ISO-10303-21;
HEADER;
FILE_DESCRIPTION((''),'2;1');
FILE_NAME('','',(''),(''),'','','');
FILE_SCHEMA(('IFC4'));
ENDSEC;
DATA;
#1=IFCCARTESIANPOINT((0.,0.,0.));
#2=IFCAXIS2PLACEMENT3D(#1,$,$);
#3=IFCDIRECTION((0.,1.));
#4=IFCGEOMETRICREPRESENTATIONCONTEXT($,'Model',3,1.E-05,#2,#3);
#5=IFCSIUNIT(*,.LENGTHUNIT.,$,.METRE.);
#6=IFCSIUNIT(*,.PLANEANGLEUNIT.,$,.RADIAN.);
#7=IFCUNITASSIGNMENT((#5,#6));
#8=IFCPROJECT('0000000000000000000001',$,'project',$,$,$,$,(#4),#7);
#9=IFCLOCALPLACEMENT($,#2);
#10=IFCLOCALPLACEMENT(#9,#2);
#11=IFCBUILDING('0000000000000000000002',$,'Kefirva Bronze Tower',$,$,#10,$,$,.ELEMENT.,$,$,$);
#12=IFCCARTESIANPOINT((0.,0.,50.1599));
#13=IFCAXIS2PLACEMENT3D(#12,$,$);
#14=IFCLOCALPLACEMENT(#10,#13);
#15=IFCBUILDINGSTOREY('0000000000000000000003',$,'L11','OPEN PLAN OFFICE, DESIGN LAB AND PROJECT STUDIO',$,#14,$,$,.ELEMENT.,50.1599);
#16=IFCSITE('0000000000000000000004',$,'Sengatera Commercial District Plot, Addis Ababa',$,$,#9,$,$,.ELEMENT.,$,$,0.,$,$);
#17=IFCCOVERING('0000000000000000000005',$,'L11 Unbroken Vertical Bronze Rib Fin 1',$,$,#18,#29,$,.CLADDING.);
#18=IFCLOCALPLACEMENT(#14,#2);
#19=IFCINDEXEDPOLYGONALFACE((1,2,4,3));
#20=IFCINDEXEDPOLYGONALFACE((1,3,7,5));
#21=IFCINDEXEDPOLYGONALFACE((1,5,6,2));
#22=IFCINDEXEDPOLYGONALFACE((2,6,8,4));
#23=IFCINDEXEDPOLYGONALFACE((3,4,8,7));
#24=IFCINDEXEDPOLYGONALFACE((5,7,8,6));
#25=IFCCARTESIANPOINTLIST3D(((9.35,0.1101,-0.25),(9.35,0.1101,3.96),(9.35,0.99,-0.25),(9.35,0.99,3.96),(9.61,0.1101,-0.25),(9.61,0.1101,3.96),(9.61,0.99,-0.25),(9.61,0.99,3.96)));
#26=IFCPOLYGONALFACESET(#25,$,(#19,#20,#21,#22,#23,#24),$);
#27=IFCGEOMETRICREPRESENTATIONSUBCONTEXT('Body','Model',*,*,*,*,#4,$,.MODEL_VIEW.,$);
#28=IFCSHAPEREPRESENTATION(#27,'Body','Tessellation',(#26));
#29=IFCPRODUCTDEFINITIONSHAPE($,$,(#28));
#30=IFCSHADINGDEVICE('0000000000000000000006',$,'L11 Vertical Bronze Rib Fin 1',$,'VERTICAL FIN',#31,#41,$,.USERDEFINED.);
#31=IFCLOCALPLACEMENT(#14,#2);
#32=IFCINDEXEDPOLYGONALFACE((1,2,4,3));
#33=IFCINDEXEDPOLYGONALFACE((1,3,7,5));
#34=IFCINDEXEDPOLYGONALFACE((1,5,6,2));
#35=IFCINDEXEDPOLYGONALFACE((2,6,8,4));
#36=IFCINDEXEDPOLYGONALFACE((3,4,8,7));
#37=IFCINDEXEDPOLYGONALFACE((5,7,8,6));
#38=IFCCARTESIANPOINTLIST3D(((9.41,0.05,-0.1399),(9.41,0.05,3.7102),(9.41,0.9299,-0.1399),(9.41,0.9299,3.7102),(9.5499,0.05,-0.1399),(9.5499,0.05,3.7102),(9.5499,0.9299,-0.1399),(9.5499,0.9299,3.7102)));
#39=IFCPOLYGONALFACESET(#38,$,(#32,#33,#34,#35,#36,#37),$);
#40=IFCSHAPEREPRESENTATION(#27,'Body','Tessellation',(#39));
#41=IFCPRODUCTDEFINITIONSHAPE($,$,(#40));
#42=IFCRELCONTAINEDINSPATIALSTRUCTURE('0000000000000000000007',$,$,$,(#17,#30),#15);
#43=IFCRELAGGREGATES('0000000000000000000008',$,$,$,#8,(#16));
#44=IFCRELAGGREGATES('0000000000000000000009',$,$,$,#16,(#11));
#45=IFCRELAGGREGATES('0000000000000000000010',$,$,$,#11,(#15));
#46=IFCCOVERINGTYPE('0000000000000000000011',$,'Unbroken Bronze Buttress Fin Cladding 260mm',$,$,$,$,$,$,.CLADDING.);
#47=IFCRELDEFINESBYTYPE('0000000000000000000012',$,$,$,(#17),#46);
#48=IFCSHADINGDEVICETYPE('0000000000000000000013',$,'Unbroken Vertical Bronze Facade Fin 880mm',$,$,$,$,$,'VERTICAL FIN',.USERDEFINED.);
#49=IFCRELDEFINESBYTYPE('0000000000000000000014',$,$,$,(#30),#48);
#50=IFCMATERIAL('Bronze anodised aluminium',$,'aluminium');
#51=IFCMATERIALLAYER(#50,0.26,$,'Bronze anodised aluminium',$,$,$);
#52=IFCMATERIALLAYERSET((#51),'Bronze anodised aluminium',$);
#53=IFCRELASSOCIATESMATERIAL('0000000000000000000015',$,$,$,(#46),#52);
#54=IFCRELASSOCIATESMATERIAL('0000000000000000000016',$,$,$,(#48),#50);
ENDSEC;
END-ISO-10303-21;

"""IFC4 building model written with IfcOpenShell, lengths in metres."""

from ifc_helpers import new_model, si_unit, direction, frame, origin, origin_2d, place, context, subcontext, project, spatial, rectangle, extrude, material, layer, layer_set, material_profile, profile_set, type_object, element, save


model = new_model("IFC4")

# Units and contexts
model_context = context("Model", 3, precision=1e-05, world=origin(), true_north=direction((0.0, 1.0)))
body_context = subcontext(model_context, "Body", "Model", "MODEL_VIEW")
ifc_project = project(units=[si_unit("LENGTHUNIT", "METRE"), si_unit("PLANEANGLEUNIT", "RADIAN")], contexts=[model_context])

# Site, building, storey
site_placement = place(None, origin())
site = spatial("IfcSite", under=ifc_project, at=site_placement, Name="Sengatera Commercial District Plot, Addis Ababa", CompositionType="ELEMENT", RefElevation=0.0)
building_placement = place(site_placement, origin())
building = spatial("IfcBuilding", under=site, at=building_placement, Name="Kefirva Bronze Tower", CompositionType="ELEMENT")
storey_placement = place(building_placement, frame((0.0, 0.0, 50.1599)))
storey = spatial("IfcBuildingStorey", under=building, at=storey_placement, Name="L11", Description="OPEN PLAN OFFICE, DESIGN LAB AND PROJECT STUDIO", CompositionType="ELEMENT", Elevation=50.1599)

# Covering
ifc_material_1 = material(Name="Bronze anodised aluminium", Category="aluminium")
ifc_layer_1 = layer(ifc_material_1, 0.26, Name="Bronze anodised aluminium")
ifc_layer_set_1 = layer_set([ifc_layer_1], Name="Bronze anodised aluminium")
covering_type_1 = type_object("IfcCoveringType", Name="Unbroken Bronze Buttress Fin Cladding 260mm", PredefinedType="CLADDING", material=ifc_layer_set_1)
covering_1_placement = place(storey_placement, frame((9.48, 0.55, -0.25), z_axis=(0.0, 0.0, 1.0), x_axis=(1.0, 0.0, 0.0)))
element("IfcCovering", 1, at=covering_1_placement, inside=storey, type_object=covering_type_1, Name="L11 Unbroken Vertical Bronze Rib Fin 1", PredefinedType="CLADDING", context=body_context, shape_type="SweptSolid", body=[
    extrude(rectangle(XDim=0.26, YDim=0.8799, at=origin_2d()), origin(), (0.0, 0.0, 1.0), 4.21),
])

# Shading device
ifc_material_profile_1 = material_profile(ifc_material_1, rectangle(XDim=0.1399, YDim=0.8799, at=origin_2d()), Name="BRONZE FIN 140x880")
ifc_profile_set_1 = profile_set([ifc_material_profile_1], Name="Bronze anodised aluminium")
shading_device_type = type_object("IfcShadingDeviceType", Name="Unbroken Vertical Bronze Facade Fin 880mm", ElementType="VERTICAL FIN", PredefinedType="USERDEFINED", material=ifc_profile_set_1)
shading_device_placement = place(storey_placement, frame((9.48, 0.49, -0.1399), z_axis=(0.0, 0.0, 1.0), x_axis=(1.0, 0.0, 0.0)))
element("IfcShadingDevice", 2, at=shading_device_placement, inside=storey, type_object=shading_device_type, Name="L11 Vertical Bronze Rib Fin 1", ObjectType="VERTICAL FIN", PredefinedType="USERDEFINED", context=body_context, shape_type="SweptSolid", body=[
    extrude(rectangle(XDim=0.1399, YDim=0.8799, at=origin_2d()), origin(), (0.0, 0.0, 1.0), 3.8501),
])

save(model, "model.ifc")
